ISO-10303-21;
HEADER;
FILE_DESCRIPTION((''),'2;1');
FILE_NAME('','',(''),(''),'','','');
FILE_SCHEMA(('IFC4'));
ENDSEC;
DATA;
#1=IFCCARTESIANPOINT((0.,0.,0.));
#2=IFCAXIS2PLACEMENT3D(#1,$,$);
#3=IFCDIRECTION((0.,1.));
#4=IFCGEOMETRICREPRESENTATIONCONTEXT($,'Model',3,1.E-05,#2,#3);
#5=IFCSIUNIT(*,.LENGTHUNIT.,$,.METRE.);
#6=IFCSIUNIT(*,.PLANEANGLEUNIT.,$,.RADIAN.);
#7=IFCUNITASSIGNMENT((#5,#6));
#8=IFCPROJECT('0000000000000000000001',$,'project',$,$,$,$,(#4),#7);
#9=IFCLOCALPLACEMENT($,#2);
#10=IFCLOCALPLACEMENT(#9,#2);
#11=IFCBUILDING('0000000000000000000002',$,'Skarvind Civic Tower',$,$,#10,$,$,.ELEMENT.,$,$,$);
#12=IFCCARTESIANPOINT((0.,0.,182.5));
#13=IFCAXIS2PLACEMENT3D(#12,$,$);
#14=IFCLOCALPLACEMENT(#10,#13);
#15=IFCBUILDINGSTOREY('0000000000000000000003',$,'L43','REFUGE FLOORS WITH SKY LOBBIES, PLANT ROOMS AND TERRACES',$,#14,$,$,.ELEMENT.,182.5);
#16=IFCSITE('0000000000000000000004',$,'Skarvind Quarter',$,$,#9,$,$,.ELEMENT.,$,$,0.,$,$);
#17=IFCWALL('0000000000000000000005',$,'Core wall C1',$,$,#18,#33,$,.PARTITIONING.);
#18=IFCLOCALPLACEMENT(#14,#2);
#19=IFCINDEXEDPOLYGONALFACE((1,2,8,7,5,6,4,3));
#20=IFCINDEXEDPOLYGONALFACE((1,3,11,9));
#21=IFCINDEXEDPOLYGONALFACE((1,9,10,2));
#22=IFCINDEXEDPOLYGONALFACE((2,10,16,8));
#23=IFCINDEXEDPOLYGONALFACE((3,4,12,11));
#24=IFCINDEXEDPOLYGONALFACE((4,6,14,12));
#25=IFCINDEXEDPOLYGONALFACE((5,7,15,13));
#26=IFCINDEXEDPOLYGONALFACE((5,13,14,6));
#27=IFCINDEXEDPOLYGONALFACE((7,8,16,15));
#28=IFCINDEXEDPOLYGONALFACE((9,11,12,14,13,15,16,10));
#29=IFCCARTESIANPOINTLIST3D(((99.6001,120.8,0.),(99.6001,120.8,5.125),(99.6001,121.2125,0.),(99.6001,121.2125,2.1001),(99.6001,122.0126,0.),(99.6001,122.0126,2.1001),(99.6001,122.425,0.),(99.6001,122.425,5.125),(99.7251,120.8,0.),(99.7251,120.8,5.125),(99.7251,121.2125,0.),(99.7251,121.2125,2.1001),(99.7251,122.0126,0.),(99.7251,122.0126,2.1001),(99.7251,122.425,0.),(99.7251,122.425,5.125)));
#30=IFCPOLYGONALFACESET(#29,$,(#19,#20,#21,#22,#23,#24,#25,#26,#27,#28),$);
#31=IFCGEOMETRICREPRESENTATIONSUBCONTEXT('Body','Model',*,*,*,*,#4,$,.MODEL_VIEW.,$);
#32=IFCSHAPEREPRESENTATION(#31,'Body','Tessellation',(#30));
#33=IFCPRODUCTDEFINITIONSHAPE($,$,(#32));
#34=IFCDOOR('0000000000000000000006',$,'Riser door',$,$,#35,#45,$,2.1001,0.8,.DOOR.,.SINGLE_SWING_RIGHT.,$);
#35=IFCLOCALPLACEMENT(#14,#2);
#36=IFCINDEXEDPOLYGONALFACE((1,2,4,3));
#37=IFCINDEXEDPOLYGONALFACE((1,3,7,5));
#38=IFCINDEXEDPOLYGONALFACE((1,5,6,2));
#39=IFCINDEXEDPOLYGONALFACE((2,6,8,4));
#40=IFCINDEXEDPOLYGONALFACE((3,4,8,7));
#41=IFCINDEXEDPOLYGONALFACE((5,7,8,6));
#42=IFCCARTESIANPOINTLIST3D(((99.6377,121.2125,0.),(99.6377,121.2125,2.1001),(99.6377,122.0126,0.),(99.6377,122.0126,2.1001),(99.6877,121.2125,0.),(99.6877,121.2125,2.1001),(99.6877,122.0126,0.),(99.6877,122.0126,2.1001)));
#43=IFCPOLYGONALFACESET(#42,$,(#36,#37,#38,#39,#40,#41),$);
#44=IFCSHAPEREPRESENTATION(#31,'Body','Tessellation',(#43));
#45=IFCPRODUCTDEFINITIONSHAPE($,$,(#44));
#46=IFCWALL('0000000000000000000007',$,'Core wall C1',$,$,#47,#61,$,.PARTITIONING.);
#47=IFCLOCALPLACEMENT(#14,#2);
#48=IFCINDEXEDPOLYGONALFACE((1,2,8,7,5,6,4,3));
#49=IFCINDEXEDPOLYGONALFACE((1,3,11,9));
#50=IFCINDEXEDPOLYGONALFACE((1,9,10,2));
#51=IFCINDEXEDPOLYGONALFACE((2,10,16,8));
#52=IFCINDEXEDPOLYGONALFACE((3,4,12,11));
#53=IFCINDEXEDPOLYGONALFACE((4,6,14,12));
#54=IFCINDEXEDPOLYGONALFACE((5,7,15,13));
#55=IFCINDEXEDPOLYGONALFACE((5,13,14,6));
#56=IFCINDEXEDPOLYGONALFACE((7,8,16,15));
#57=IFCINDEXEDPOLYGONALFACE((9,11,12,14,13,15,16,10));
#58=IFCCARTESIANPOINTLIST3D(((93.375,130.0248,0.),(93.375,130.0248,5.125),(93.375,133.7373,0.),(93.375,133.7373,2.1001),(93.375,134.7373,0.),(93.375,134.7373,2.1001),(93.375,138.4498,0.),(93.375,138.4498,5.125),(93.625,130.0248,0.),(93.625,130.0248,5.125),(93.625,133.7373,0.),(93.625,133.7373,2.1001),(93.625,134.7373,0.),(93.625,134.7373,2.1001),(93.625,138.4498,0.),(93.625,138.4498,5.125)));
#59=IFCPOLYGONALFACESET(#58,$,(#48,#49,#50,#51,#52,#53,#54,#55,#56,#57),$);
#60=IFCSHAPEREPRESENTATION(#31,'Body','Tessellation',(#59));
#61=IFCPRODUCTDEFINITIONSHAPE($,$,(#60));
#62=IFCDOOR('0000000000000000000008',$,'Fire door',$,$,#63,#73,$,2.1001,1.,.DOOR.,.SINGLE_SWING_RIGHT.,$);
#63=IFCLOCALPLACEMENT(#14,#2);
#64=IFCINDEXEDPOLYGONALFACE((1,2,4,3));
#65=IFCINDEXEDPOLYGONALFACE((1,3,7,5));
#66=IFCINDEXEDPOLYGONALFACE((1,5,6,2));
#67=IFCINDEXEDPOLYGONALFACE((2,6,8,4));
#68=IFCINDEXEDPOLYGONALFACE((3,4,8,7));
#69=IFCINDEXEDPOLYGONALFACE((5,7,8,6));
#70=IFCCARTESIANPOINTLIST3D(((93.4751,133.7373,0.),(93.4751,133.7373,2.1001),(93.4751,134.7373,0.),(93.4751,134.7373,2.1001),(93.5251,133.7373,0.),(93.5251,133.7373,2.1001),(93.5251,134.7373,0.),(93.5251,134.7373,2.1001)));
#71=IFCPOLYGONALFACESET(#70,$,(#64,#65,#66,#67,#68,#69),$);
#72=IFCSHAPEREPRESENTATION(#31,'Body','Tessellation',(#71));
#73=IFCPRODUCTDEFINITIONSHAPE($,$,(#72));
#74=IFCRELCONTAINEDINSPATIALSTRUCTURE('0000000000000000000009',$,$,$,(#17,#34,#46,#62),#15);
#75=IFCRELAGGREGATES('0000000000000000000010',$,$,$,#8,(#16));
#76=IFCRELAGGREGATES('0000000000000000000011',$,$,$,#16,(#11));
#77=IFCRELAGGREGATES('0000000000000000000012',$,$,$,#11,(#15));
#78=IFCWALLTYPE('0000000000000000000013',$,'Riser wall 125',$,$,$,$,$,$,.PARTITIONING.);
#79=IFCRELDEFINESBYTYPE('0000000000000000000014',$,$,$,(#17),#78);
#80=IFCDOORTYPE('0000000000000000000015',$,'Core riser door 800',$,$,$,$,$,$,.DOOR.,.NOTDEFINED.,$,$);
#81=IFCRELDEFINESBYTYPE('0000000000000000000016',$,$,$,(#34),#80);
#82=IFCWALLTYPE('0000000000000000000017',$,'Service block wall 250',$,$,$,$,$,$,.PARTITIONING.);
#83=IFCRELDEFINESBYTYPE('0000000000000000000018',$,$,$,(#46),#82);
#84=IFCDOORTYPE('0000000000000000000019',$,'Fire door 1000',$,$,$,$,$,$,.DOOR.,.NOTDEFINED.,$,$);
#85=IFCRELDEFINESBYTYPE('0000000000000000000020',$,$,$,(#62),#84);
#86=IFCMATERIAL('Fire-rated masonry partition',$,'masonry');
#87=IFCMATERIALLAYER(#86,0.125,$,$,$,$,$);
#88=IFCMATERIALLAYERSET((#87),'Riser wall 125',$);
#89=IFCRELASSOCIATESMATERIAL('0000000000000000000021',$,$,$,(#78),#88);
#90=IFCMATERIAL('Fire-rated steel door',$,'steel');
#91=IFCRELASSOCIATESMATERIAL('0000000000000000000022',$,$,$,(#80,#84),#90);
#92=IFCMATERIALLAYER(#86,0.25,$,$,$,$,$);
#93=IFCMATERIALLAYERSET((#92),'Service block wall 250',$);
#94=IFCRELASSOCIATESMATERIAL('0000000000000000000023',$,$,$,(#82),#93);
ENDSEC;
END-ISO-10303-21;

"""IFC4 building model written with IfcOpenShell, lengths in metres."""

from ifc_helpers import new_model, si_unit, direction, frame, frame_2d, origin, place, context, subcontext, project, spatial, rectangle, extrude, material, layer, layer_set, type_object, element, fill, save


model = new_model("IFC4")

# Units and contexts
model_context = context("Model", 3, precision=1e-05, world=origin(), true_north=direction((0.0, 1.0)))
body_context = subcontext(model_context, "Body", "Model", "MODEL_VIEW")
ifc_project = project(units=[si_unit("LENGTHUNIT", "METRE"), si_unit("PLANEANGLEUNIT", "RADIAN")], contexts=[model_context])

# Site, building, storey
site_placement = place(None, origin())
site = spatial("IfcSite", under=ifc_project, at=site_placement, Name="Skarvind Quarter", CompositionType="ELEMENT", RefElevation=0.0)
building_placement = place(site_placement, origin())
building = spatial("IfcBuilding", under=site, at=building_placement, Name="Skarvind Civic Tower", CompositionType="ELEMENT")
storey_placement = place(building_placement, frame((0.0, 0.0, 182.5)))
storey = spatial("IfcBuildingStorey", under=building, at=storey_placement, Name="L43", Description="REFUGE FLOORS WITH SKY LOBBIES, PLANT ROOMS AND TERRACES", CompositionType="ELEMENT", Elevation=182.5)

# Shared definitions
ifc_material_1 = material(Name="Fire-rated masonry partition", Category="masonry")
ifc_material_2 = material(Name="Fire-rated steel door", Category="steel")

# Walls, openings, doors
ifc_layer_1 = layer(ifc_material_1, 0.125)
ifc_layer_set_1 = layer_set([ifc_layer_1], Name="Riser wall 125")
wall_type_1 = type_object("IfcWallType", Name="Riser wall 125", PredefinedType="PARTITIONING", material=ifc_layer_set_1)
wall_1_placement = place(storey_placement, frame((99.6626, 120.8, 0.0), z_axis=(0.0, 0.0, 1.0), x_axis=(0.0, 1.0, 0.0)))
wall_1 = element("IfcWall", 1, at=wall_1_placement, inside=storey, type_object=wall_type_1, Name="Core wall C1", PredefinedType="PARTITIONING", context=body_context, shape_type="SweptSolid", body=[
    extrude(rectangle(XDim=1.625, YDim=0.125, at=frame_2d((0.8125, 0.0))), origin(), (0.0, 0.0, 1.0), 5.125),
])
opening_1_placement = place(wall_1_placement, frame((0.4126, 0.0, 0.0)))
opening_1 = element("IfcOpeningElement", 2, at=opening_1_placement, cuts=wall_1, PredefinedType="OPENING", context=body_context, shape_type="SweptSolid", body=[
    extrude(rectangle(XDim=0.8, YDim=2.1001, at=frame_2d((0.3999, 1.05))), frame((0.0, 0.0725, 0.0), z_axis=(0.0, -1.0, 0.0), x_axis=(1.0, 0.0, 0.0)), (0.0, 0.0, 1.0), 0.145),
])
door_type_1 = type_object("IfcDoorType", Name="Core riser door 800", OperationType="NOTDEFINED", PredefinedType="DOOR", material=ifc_material_2)
door_1_placement = place(opening_1_placement, origin())
door_1 = element("IfcDoor", 3, at=door_1_placement, inside=storey, type_object=door_type_1, Name="Riser door", OperationType="SINGLE_SWING_RIGHT", OverallHeight=2.1001, OverallWidth=0.8, PredefinedType="DOOR", context=body_context, shape_type="SweptSolid", body=[
    extrude(rectangle(XDim=0.8, YDim=2.1001, at=frame_2d((0.3999, 1.05))), frame((0.0, 0.0249, 0.0), z_axis=(0.0, -1.0, 0.0), x_axis=(1.0, 0.0, 0.0)), (0.0, 0.0, 1.0), 0.05),
])
fill(opening_1, door_1)
ifc_layer_2 = layer(ifc_material_1, 0.25)
ifc_layer_set_2 = layer_set([ifc_layer_2], Name="Service block wall 250")
wall_type_2 = type_object("IfcWallType", Name="Service block wall 250", PredefinedType="PARTITIONING", material=ifc_layer_set_2)
wall_2_placement = place(storey_placement, frame((93.5, 130.0249, 0.0), z_axis=(0.0, 0.0, 1.0), x_axis=(0.0, 1.0, 0.0)))
wall_2 = element("IfcWall", 4, at=wall_2_placement, inside=storey, type_object=wall_type_2, Name="Core wall C1", PredefinedType="PARTITIONING", context=body_context, shape_type="SweptSolid", body=[
    extrude(rectangle(XDim=8.425, YDim=0.25, at=frame_2d((4.2124, 0.0))), origin(), (0.0, 0.0, 1.0), 5.125),
])
opening_2_placement = place(wall_2_placement, frame((3.7124, 0.0, 0.0)))
opening_2 = element("IfcOpeningElement", 5, at=opening_2_placement, cuts=wall_2, PredefinedType="OPENING", context=body_context, shape_type="SweptSolid", body=[
    extrude(rectangle(XDim=1.0, YDim=2.1001, at=frame_2d((0.5, 1.05))), frame((0.0, 0.135, 0.0), z_axis=(0.0, -1.0, 0.0), x_axis=(1.0, 0.0, 0.0)), (0.0, 0.0, 1.0), 0.27),
])
door_type_2 = type_object("IfcDoorType", Name="Fire door 1000", OperationType="NOTDEFINED", PredefinedType="DOOR", material=ifc_material_2)
door_2_placement = place(opening_2_placement, origin())
door_2 = element("IfcDoor", 6, at=door_2_placement, inside=storey, type_object=door_type_2, Name="Fire door", OperationType="SINGLE_SWING_RIGHT", OverallHeight=2.1001, OverallWidth=1.0, PredefinedType="DOOR", context=body_context, shape_type="SweptSolid", body=[
    extrude(rectangle(XDim=1.0, YDim=2.1001, at=frame_2d((0.5, 1.05))), frame((0.0, 0.0249, 0.0), z_axis=(0.0, -1.0, 0.0), x_axis=(1.0, 0.0, 0.0)), (0.0, 0.0, 1.0), 0.05),
])
fill(opening_2, door_2)

save(model, "model.ifc")
